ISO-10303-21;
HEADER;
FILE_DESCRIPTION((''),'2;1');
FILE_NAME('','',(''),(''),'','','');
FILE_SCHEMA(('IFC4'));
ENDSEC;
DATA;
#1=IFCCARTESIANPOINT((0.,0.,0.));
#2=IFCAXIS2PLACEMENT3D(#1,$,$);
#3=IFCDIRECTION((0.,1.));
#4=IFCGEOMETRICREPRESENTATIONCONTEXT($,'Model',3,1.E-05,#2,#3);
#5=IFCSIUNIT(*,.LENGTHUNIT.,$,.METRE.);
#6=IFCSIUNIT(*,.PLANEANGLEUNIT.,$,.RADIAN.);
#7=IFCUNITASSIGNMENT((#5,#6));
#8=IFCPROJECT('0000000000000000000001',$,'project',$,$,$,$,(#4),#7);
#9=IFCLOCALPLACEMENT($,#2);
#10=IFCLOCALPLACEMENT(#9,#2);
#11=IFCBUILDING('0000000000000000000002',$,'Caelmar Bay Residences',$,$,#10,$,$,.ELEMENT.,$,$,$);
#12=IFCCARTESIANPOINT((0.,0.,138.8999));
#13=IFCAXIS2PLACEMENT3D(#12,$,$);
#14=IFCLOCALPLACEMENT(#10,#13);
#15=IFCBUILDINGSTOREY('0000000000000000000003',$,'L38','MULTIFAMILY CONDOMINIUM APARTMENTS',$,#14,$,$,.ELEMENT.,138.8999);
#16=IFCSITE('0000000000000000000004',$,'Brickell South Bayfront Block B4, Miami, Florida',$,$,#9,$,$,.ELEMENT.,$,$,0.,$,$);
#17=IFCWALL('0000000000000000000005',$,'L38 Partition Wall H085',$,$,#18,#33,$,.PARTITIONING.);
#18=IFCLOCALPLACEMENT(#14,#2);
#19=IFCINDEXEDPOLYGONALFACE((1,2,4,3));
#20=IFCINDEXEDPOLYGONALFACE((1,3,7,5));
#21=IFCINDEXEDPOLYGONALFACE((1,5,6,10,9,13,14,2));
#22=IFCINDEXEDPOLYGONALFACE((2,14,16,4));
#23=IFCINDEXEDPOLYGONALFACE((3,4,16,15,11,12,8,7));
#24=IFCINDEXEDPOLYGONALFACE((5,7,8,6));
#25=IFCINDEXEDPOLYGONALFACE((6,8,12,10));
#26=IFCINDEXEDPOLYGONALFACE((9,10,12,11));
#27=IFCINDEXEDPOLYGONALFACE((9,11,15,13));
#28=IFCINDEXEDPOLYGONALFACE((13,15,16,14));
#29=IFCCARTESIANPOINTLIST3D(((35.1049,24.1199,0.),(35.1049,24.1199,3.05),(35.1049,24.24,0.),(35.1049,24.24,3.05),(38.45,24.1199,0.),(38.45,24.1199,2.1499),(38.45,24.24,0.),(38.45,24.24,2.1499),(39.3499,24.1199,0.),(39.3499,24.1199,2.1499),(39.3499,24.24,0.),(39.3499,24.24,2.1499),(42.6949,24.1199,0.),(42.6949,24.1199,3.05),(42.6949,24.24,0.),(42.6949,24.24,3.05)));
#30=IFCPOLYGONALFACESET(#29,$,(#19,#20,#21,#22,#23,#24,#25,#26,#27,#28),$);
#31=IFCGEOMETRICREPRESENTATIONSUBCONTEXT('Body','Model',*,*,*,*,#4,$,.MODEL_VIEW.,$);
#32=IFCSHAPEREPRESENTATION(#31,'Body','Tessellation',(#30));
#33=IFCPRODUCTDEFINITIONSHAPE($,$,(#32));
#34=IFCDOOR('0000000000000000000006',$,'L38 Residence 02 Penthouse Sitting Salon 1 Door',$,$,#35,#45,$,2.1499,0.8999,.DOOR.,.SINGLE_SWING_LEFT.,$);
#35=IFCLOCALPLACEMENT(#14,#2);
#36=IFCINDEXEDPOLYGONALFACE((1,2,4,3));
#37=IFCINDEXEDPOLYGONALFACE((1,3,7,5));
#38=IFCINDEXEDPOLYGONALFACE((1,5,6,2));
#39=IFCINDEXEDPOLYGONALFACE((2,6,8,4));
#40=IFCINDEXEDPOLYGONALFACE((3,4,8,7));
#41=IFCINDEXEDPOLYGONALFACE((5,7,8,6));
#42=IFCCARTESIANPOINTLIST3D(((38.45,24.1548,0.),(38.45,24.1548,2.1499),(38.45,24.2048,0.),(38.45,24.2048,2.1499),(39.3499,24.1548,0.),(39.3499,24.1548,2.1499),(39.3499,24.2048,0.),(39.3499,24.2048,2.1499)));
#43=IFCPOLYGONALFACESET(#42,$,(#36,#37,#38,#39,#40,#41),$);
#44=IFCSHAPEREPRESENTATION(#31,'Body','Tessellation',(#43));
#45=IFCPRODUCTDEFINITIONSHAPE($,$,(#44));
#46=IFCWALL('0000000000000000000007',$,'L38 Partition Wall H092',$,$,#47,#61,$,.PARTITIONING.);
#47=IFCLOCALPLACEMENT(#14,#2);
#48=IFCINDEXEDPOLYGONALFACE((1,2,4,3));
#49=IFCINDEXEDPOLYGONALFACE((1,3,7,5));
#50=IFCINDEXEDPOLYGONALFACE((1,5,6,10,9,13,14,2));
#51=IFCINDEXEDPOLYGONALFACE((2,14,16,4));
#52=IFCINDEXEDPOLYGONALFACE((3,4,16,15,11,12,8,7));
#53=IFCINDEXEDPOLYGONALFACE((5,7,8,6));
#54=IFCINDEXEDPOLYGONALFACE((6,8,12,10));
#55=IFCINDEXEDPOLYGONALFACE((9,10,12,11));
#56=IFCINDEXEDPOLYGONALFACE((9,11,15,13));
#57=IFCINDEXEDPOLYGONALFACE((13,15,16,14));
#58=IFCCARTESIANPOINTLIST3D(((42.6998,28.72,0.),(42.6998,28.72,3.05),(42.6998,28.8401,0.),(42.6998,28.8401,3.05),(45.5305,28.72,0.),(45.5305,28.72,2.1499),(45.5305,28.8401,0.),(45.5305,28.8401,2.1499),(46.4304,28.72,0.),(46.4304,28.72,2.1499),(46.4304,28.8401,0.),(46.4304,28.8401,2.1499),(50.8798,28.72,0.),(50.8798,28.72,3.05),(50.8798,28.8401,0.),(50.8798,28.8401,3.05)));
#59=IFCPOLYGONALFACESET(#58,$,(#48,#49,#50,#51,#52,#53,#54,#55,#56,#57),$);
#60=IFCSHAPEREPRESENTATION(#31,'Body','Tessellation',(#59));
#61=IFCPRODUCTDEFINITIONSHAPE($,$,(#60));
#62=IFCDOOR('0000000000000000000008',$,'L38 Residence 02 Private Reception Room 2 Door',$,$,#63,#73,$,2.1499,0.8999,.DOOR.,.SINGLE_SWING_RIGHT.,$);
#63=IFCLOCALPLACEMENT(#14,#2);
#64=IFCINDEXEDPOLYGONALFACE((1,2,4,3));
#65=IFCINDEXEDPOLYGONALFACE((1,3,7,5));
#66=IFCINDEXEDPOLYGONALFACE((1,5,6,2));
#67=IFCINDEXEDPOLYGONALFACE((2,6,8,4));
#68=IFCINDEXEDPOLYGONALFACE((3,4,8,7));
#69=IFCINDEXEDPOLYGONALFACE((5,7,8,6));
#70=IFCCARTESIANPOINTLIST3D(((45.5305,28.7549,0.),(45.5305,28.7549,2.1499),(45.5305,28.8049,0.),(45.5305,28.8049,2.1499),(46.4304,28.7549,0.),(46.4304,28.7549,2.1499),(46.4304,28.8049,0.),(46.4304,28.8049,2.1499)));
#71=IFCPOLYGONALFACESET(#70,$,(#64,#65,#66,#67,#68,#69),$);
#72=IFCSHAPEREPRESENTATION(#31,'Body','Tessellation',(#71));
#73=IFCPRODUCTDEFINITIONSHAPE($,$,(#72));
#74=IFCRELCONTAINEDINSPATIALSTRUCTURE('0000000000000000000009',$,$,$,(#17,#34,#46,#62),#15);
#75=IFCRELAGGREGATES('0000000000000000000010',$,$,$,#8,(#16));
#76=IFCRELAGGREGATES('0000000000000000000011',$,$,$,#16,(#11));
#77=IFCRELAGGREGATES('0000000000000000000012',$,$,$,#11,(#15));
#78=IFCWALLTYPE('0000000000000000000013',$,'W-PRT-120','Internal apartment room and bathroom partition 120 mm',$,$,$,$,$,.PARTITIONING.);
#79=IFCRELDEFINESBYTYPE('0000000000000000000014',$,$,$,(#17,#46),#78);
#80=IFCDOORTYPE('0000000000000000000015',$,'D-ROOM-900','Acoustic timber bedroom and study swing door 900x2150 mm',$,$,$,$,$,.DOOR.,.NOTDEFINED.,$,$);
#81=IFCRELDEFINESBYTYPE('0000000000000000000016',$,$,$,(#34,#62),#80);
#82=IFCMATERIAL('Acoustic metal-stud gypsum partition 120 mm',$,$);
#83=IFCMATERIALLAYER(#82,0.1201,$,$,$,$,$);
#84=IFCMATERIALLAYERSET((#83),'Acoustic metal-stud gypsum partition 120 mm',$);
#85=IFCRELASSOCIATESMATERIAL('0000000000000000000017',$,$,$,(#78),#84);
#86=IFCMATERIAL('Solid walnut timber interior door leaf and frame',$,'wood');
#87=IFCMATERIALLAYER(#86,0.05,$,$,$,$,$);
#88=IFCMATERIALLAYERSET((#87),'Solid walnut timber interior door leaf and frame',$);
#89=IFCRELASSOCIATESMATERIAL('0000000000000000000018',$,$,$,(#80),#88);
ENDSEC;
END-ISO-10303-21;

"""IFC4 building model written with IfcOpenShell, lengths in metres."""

from ifc_helpers import new_model, si_unit, direction, frame, frame_2d, origin, place, context, subcontext, project, spatial, rectangle, extrude, material, layer, layer_set, type_object, element, fill, save


model = new_model("IFC4")

# Units and contexts
model_context = context("Model", 3, precision=1e-05, world=origin(), true_north=direction((0.0, 1.0)))
body_context = subcontext(model_context, "Body", "Model", "MODEL_VIEW")
ifc_project = project(units=[si_unit("LENGTHUNIT", "METRE"), si_unit("PLANEANGLEUNIT", "RADIAN")], contexts=[model_context])

# Site, building, storey
site_placement = place(None, origin())
site = spatial("IfcSite", under=ifc_project, at=site_placement, Name="Brickell South Bayfront Block B4, Miami, Florida", CompositionType="ELEMENT", RefElevation=0.0)
building_placement = place(site_placement, origin())
building = spatial("IfcBuilding", under=site, at=building_placement, Name="Caelmar Bay Residences", CompositionType="ELEMENT")
storey_placement = place(building_placement, frame((0.0, 0.0, 138.8999)))
storey = spatial("IfcBuildingStorey", under=building, at=storey_placement, Name="L38", Description="MULTIFAMILY CONDOMINIUM APARTMENTS", CompositionType="ELEMENT", Elevation=138.8999)

# Shared definitions
ifc_material_1 = material(Name="Acoustic metal-stud gypsum partition 120 mm")
ifc_layer_1 = layer(ifc_material_1, 0.1201)
ifc_layer_set_1 = layer_set([ifc_layer_1], Name="Acoustic metal-stud gypsum partition 120 mm")
wall_type = type_object("IfcWallType", Name="W-PRT-120", Description="Internal apartment room and bathroom partition 120 mm", PredefinedType="PARTITIONING", material=ifc_layer_set_1)

# Shared definitions
ifc_material_2 = material(Name="Solid walnut timber interior door leaf and frame", Category="wood")

# Walls, openings, doors
ifc_layer_2 = layer(ifc_material_2, 0.05)
ifc_layer_set_2 = layer_set([ifc_layer_2], Name="Solid walnut timber interior door leaf and frame")
door_type_1 = type_object("IfcDoorType", Name="D-ROOM-900", Description="Acoustic timber bedroom and study swing door 900x2150 mm", OperationType="NOTDEFINED", PredefinedType="DOOR", material=ifc_layer_set_2)
wall_1_placement = place(storey_placement, frame((35.105, 24.1799, 0.0), z_axis=(0.0, 0.0, 1.0), x_axis=(1.0, 0.0, 0.0)))
wall_1 = element("IfcWall", 1, at=wall_1_placement, inside=storey, type_object=wall_type, Name="L38 Partition Wall H085", PredefinedType="PARTITIONING", context=body_context, shape_type="SweptSolid", body=[
    extrude(rectangle(XDim=7.5901, YDim=0.1201, at=frame_2d((3.7949, 0.0))), origin(), (0.0, 0.0, 1.0), 3.05),
])
opening_1_placement = place(wall_1_placement, frame((3.345, 0.0, 0.0)))
opening_1 = element("IfcOpeningElement", 2, at=opening_1_placement, cuts=wall_1, PredefinedType="OPENING", context=body_context, shape_type="SweptSolid", body=[
    extrude(rectangle(XDim=0.8999, YDim=2.1499, at=frame_2d((0.45, 1.075))), frame((0.0, 0.0701, 0.0), z_axis=(0.0, -1.0, 0.0), x_axis=(1.0, 0.0, 0.0)), (0.0, 0.0, 1.0), 0.1401),
])
door_1_placement = place(opening_1_placement, origin())
door_1 = element("IfcDoor", 3, at=door_1_placement, inside=storey, type_object=door_type_1, Name="L38 Residence 02 Penthouse Sitting Salon 1 Door", OperationType="SINGLE_SWING_LEFT", OverallHeight=2.1499, OverallWidth=0.8999, PredefinedType="DOOR", context=body_context, shape_type="SweptSolid", body=[
    extrude(rectangle(XDim=0.8999, YDim=2.1499, at=frame_2d((0.45, 1.075))), frame((0.0, 0.0249, 0.0), z_axis=(0.0, -1.0, 0.0), x_axis=(1.0, 0.0, 0.0)), (0.0, 0.0, 1.0), 0.05),
])
fill(opening_1, door_1)
wall_2_placement = place(storey_placement, frame((42.7, 28.78, 0.0), z_axis=(0.0, 0.0, 1.0), x_axis=(1.0, 0.0, 0.0)))
wall_2 = element("IfcWall", 4, at=wall_2_placement, inside=storey, type_object=wall_type, Name="L38 Partition Wall H092", PredefinedType="PARTITIONING", context=body_context, shape_type="SweptSolid", body=[
    extrude(rectangle(XDim=8.1799, YDim=0.1201, at=frame_2d((4.0898, 0.0))), origin(), (0.0, 0.0, 1.0), 3.05),
])
opening_2_placement = place(wall_2_placement, frame((2.8306, 0.0, 0.0)))
opening_2 = element("IfcOpeningElement", 5, at=opening_2_placement, cuts=wall_2, PredefinedType="OPENING", context=body_context, shape_type="SweptSolid", body=[
    extrude(rectangle(XDim=0.8999, YDim=2.1499, at=frame_2d((0.45, 1.075))), frame((0.0, 0.0701, 0.0), z_axis=(0.0, -1.0, 0.0), x_axis=(1.0, 0.0, 0.0)), (0.0, 0.0, 1.0), 0.1401),
])
door_2_placement = place(opening_2_placement, origin())
door_2 = element("IfcDoor", 6, at=door_2_placement, inside=storey, type_object=door_type_1, Name="L38 Residence 02 Private Reception Room 2 Door", OperationType="SINGLE_SWING_RIGHT", OverallHeight=2.1499, OverallWidth=0.8999, PredefinedType="DOOR", context=body_context, shape_type="SweptSolid", body=[
    extrude(rectangle(XDim=0.8999, YDim=2.1499, at=frame_2d((0.45, 1.075))), frame((0.0, 0.0249, 0.0), z_axis=(0.0, -1.0, 0.0), x_axis=(1.0, 0.0, 0.0)), (0.0, 0.0, 1.0), 0.05),
])
fill(opening_2, door_2)

save(model, "model.ifc")
